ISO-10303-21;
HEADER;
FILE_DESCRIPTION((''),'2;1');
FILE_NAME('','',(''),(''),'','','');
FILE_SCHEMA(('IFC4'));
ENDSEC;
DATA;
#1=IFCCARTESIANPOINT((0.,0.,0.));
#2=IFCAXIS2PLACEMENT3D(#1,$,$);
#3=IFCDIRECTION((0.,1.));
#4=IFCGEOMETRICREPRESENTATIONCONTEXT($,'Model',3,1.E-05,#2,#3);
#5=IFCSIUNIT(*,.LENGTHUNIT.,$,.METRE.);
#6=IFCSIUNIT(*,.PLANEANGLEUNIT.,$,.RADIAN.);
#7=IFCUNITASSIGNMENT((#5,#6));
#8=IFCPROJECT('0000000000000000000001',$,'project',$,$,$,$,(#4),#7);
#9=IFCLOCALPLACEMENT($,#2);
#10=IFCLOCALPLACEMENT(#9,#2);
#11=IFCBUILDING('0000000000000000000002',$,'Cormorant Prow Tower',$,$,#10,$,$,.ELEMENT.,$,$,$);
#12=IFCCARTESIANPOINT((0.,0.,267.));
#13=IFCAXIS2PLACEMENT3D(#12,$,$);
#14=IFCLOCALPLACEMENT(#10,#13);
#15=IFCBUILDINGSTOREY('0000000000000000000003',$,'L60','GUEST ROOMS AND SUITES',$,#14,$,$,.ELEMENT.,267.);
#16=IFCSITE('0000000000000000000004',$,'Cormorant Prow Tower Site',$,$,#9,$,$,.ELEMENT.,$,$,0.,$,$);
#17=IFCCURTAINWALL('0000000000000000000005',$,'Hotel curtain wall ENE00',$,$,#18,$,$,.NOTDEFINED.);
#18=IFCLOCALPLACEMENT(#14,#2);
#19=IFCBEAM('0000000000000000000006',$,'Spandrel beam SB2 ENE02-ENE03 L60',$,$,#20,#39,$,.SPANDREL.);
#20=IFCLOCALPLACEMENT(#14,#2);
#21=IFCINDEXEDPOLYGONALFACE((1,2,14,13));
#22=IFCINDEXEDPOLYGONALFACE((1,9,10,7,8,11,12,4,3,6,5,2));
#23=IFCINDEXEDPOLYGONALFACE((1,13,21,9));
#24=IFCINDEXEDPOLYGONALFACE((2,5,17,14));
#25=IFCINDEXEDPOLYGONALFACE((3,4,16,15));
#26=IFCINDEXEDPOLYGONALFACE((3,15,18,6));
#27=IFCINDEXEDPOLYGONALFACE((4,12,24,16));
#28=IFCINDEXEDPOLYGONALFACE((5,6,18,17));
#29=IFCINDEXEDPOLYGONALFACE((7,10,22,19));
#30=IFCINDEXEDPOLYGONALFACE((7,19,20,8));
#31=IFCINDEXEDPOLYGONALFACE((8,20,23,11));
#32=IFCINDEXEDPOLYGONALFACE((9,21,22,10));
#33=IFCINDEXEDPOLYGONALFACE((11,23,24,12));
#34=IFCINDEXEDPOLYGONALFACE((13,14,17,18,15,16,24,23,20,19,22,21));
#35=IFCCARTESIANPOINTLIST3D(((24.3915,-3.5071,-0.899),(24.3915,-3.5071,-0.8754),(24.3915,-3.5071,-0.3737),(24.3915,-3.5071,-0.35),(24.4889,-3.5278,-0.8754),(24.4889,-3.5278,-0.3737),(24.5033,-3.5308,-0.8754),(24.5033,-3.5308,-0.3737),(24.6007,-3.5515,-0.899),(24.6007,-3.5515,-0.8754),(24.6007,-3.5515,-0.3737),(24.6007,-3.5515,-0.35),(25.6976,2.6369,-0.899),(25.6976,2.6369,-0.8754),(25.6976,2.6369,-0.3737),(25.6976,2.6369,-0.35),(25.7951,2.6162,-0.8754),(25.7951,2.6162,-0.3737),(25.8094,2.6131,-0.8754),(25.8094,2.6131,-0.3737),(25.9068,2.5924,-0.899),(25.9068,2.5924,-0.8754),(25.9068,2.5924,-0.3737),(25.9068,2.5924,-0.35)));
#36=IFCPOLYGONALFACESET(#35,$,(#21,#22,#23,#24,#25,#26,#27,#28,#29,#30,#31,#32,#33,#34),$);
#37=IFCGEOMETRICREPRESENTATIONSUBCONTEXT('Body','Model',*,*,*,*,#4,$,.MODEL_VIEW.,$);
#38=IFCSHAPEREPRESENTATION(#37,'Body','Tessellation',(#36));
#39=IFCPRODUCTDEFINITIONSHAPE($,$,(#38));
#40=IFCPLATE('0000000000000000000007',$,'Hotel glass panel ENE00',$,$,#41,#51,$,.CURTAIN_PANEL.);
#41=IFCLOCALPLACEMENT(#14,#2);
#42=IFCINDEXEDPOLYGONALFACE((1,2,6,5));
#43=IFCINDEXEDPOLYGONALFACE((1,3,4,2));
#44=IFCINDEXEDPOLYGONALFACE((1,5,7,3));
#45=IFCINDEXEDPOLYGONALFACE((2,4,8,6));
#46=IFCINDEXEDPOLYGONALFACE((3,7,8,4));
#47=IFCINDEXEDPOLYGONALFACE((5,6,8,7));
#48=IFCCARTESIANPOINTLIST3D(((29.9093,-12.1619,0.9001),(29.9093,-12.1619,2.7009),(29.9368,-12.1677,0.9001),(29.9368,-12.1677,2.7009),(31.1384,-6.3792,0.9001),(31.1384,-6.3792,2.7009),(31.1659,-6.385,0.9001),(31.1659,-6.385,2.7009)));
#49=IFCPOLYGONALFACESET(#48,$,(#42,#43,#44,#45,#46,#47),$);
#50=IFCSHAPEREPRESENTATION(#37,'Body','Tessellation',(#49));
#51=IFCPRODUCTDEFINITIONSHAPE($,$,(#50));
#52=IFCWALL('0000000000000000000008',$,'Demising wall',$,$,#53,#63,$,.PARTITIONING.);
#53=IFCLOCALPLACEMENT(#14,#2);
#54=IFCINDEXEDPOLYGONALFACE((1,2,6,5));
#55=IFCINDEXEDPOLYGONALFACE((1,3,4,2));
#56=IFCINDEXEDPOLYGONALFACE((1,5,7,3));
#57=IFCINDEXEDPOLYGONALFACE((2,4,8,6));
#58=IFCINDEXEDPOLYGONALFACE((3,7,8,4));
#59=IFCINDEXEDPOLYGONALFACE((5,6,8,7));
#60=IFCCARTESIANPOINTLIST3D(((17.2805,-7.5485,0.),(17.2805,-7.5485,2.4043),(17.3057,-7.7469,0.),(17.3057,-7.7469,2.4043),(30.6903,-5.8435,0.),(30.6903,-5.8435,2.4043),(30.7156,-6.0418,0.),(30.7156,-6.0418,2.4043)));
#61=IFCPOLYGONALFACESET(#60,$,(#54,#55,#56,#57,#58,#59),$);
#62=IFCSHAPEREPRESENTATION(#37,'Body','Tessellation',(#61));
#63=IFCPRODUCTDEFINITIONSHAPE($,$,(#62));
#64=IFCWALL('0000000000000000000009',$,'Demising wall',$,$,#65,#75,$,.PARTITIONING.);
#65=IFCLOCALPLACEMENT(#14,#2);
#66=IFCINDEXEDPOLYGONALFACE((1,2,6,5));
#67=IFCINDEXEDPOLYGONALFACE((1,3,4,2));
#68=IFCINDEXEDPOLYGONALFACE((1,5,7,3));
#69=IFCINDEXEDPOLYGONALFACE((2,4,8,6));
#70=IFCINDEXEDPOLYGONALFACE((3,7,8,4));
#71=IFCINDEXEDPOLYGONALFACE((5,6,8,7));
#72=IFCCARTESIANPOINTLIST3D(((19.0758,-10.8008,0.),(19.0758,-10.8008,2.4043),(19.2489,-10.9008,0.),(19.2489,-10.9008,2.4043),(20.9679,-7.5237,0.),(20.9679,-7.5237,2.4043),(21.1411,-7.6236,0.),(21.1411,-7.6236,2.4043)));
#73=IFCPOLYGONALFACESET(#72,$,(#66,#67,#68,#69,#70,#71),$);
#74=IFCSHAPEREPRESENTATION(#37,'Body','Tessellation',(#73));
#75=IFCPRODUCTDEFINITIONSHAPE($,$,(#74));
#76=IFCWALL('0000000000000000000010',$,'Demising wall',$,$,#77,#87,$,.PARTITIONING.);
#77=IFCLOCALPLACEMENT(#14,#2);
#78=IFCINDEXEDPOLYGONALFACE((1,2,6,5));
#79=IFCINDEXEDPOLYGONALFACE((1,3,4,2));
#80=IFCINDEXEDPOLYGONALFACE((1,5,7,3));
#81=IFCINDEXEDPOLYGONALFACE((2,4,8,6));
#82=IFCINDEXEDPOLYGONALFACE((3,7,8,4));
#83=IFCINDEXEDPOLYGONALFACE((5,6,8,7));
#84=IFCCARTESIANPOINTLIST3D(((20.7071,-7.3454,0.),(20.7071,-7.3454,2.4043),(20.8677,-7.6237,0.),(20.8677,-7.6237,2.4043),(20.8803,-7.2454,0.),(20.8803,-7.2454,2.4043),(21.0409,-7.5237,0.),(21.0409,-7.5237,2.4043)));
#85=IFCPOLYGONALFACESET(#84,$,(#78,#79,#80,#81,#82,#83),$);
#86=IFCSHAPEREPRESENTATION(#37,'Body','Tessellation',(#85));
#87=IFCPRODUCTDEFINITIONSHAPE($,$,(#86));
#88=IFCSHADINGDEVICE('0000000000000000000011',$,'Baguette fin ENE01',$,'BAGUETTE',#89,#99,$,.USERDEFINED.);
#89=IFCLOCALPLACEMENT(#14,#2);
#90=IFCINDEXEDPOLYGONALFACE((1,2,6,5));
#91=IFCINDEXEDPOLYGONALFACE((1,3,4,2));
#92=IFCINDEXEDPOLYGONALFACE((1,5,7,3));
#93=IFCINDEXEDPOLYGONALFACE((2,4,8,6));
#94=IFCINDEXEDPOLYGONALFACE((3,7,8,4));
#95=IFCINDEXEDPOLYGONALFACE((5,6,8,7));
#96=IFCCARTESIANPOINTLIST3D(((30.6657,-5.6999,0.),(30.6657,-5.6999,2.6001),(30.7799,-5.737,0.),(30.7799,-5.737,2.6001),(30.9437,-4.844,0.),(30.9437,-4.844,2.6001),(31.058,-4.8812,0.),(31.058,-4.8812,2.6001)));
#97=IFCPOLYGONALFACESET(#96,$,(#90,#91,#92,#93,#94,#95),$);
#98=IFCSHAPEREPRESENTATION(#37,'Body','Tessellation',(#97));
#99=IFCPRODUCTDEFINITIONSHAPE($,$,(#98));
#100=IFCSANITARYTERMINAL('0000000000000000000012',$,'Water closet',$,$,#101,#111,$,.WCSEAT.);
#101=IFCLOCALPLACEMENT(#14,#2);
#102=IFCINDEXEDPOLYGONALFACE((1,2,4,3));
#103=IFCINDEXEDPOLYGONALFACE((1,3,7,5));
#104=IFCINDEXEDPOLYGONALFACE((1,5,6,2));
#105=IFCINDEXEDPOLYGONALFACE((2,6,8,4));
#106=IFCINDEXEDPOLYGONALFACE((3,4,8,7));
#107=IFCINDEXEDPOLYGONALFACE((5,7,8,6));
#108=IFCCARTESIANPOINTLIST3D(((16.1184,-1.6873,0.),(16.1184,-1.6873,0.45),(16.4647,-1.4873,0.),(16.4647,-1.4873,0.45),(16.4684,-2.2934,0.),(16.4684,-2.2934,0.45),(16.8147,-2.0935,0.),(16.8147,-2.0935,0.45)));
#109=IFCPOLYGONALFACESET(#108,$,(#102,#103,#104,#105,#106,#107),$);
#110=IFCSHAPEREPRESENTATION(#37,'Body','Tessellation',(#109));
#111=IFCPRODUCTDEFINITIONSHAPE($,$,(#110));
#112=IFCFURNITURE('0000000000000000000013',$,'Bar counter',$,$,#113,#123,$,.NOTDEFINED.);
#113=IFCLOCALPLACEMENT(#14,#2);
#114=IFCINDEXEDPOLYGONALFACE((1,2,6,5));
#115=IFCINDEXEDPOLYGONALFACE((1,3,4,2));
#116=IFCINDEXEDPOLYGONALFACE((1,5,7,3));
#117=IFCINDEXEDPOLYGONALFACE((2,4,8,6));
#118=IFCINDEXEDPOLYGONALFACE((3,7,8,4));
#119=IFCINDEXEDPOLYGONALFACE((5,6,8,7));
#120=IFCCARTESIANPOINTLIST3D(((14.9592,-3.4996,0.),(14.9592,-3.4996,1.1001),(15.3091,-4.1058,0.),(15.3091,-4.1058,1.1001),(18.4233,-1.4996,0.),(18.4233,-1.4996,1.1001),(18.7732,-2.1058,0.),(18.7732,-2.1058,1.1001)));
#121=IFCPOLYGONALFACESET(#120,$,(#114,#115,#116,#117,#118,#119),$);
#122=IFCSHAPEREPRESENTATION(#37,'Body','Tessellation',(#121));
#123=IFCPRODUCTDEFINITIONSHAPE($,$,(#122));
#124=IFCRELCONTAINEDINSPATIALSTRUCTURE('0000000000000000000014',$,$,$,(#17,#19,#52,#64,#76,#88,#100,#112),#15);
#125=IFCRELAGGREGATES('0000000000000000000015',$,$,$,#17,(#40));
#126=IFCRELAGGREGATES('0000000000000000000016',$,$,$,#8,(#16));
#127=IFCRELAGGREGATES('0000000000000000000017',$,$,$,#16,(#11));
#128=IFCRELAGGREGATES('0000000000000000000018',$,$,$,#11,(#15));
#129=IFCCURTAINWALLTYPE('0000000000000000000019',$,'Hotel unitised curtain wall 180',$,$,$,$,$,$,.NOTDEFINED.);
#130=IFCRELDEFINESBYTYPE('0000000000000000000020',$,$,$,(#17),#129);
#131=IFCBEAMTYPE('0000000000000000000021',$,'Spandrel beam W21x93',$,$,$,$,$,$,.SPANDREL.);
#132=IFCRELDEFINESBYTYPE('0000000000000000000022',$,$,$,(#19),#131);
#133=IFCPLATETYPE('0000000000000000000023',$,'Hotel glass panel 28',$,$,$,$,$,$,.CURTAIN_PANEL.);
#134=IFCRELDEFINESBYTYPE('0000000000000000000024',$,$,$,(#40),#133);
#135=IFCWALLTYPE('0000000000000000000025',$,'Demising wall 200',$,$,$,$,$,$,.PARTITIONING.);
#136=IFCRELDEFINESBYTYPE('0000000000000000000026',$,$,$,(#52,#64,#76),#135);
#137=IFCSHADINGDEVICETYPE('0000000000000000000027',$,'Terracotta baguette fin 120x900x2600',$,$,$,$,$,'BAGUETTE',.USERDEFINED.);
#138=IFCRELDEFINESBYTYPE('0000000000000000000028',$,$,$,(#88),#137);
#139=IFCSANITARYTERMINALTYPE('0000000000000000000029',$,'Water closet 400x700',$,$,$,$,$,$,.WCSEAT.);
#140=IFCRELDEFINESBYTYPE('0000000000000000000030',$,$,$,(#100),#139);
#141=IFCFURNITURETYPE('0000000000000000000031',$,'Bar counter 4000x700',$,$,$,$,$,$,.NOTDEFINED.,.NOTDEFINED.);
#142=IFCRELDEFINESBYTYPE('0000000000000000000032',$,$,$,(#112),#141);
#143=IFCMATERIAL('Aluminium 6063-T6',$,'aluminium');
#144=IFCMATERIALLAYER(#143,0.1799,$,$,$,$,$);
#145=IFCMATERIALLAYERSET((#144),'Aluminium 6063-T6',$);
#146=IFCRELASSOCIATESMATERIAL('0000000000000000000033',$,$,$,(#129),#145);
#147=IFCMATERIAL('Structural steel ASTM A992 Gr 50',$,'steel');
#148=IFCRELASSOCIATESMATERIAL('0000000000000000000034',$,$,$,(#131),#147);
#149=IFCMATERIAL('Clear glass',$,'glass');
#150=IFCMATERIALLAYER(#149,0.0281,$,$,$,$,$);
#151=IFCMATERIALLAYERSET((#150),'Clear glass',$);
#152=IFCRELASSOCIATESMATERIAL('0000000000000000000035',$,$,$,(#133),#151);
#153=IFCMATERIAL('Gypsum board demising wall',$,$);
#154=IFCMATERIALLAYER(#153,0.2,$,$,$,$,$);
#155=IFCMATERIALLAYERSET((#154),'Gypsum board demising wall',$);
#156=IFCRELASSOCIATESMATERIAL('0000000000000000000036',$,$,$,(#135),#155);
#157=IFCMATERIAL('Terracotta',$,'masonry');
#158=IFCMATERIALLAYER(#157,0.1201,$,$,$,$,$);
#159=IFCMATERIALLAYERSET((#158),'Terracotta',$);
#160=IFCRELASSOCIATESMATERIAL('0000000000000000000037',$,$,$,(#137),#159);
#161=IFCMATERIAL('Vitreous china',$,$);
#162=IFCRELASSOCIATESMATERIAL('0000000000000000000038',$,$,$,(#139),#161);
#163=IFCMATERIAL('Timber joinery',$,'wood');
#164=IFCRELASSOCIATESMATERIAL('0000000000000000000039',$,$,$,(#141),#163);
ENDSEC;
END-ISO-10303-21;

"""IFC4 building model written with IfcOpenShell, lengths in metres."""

from ifc_helpers import new_model, si_unit, direction, frame, frame_2d, origin, origin_2d, place, context, subcontext, project, spatial, rectangle, i_section, extrude, material, layer, layer_set, material_profile, profile_set, type_object, element, aggregate, save


model = new_model("IFC4")

# Units and contexts
model_context = context("Model", 3, precision=1e-05, world=origin(), true_north=direction((0.0, 1.0)))
body_context = subcontext(model_context, "Body", "Model", "MODEL_VIEW")
ifc_project = project(units=[si_unit("LENGTHUNIT", "METRE"), si_unit("PLANEANGLEUNIT", "RADIAN")], contexts=[model_context])

# Site, building, storey
site_placement = place(None, origin())
site = spatial("IfcSite", under=ifc_project, at=site_placement, Name="Cormorant Prow Tower Site", CompositionType="ELEMENT", RefElevation=0.0)
building_placement = place(site_placement, origin())
building = spatial("IfcBuilding", under=site, at=building_placement, Name="Cormorant Prow Tower", CompositionType="ELEMENT")
storey_placement = place(building_placement, frame((0.0, 0.0, 267.0)))
storey = spatial("IfcBuildingStorey", under=building, at=storey_placement, Name="L60", Description="GUEST ROOMS AND SUITES", CompositionType="ELEMENT", Elevation=267.0)

# Curtain wall
ifc_material_1 = material(Name="Aluminium 6063-T6", Category="aluminium")
ifc_layer_1 = layer(ifc_material_1, 0.1799)
ifc_layer_set_1 = layer_set([ifc_layer_1], Name="Aluminium 6063-T6")
curtain_wall_type = type_object("IfcCurtainWallType", Name="Hotel unitised curtain wall 180", PredefinedType="NOTDEFINED", material=ifc_layer_set_1)
curtain_wall_1_placement = place(storey_placement, origin())
curtain_wall_1 = element("IfcCurtainWall", 1, at=curtain_wall_1_placement, inside=storey, type_object=curtain_wall_type, Name="Hotel curtain wall ENE00", PredefinedType="NOTDEFINED")

# Beam
ifc_material_2 = material(Name="Structural steel ASTM A992 Gr 50", Category="steel")
ifc_material_profile_1 = material_profile(ifc_material_2, i_section(OverallWidth=0.2139, OverallDepth=0.5491, WebThickness=0.0146, FlangeThickness=0.0237, at=origin_2d()), Name="W21x93")
ifc_profile_set_1 = profile_set([ifc_material_profile_1], Name="Structural steel ASTM A992 Gr 50")
beam_type_1 = type_object("IfcBeamType", Name="Spandrel beam W21x93", PredefinedType="SPANDREL", material=ifc_profile_set_1)
for number, where, z_axis, x_axis, name in (
    (2, (24.4961, -3.5293, -0.6245), (0.207941, 0.978141, 0.0), (-0.978141, 0.207941, 0.0), "Spandrel beam SB2 ENE02-ENE03 L60"),
):
    element("IfcBeam", number, at=place(storey_placement, frame(where, z_axis=z_axis, x_axis=x_axis)), inside=storey, type_object=beam_type_1, Name=name, PredefinedType="SPANDREL", context=body_context, shape_type="SweptSolid", body=[
        extrude(i_section(OverallWidth=0.2139, OverallDepth=0.5491, WebThickness=0.0146, FlangeThickness=0.0237, at=origin_2d()), origin(), (0.0, 0.0, 1.0), 6.2812),
    ])

# Plate
ifc_material_3 = material(Name="Clear glass", Category="glass")
ifc_layer_2 = layer(ifc_material_3, 0.0281)
ifc_layer_set_2 = layer_set([ifc_layer_2], Name="Clear glass")
plate_type = type_object("IfcPlateType", Name="Hotel glass panel 28", PredefinedType="CURTAIN_PANEL", material=ifc_layer_set_2)
plate_placement = place(storey_placement, frame((30.5376, -9.2734, 0.9001), z_axis=(0.0, 0.0, 1.0), x_axis=(0.207912, 0.978148, 0.0)))
plate = element("IfcPlate", 3, at=plate_placement, type_object=plate_type, Name="Hotel glass panel ENE00", PredefinedType="CURTAIN_PANEL", context=body_context, shape_type="SweptSolid", body=[
    extrude(rectangle(XDim=5.9119, YDim=0.0281, at=origin_2d()), origin(), (0.0, 0.0, 1.0), 1.8008),
])
aggregate(curtain_wall_1, [plate])

# Walls
ifc_material_4 = material(Name="Gypsum board demising wall")
ifc_layer_3 = layer(ifc_material_4, 0.2)
ifc_layer_set_3 = layer_set([ifc_layer_3], Name="Gypsum board demising wall")
wall_type_1 = type_object("IfcWallType", Name="Demising wall 200", PredefinedType="PARTITIONING", material=ifc_layer_set_3)
wall_1_placement = place(storey_placement, frame((17.2932, -7.6477, 0.0), z_axis=(0.0, 0.0, 1.0), x_axis=(0.992013, 0.126135, 0.0)))
element("IfcWall", 4, at=wall_1_placement, inside=storey, type_object=wall_type_1, Name="Demising wall", PredefinedType="PARTITIONING", context=body_context, shape_type="SweptSolid", body=[
    extrude(rectangle(XDim=13.5178, YDim=0.2, at=frame_2d((6.7588, 0.0))), origin(), (0.0, 0.0, 1.0), 2.4043),
])
wall_2_placement = place(storey_placement, frame((19.1624, -10.8508, 0.0), z_axis=(0.0, 0.0, 1.0), x_axis=(0.500011, 0.866019, 0.0)))
element("IfcWall", 5, at=wall_2_placement, inside=storey, type_object=wall_type_1, Name="Demising wall", PredefinedType="PARTITIONING", context=body_context, shape_type="SweptSolid", body=[
    extrude(rectangle(XDim=3.7842, YDim=0.2, at=frame_2d((1.8921, 0.0))), origin(), (0.0, 0.0, 1.0), 2.4043),
])
wall_3_placement = place(storey_placement, frame((20.7937, -7.2954, 0.0), z_axis=(0.0, 0.0, 1.0), x_axis=(0.499898, -0.866084, 0.0)))
element("IfcWall", 6, at=wall_3_placement, inside=storey, type_object=wall_type_1, Name="Demising wall", PredefinedType="PARTITIONING", context=body_context, shape_type="SweptSolid", body=[
    extrude(rectangle(XDim=0.3213, YDim=0.2, at=frame_2d((0.1606, 0.0))), origin(), (0.0, 0.0, 1.0), 2.4043),
])

# Shading device
ifc_material_5 = material(Name="Terracotta", Category="masonry")
ifc_layer_4 = layer(ifc_material_5, 0.1201)
ifc_layer_set_4 = layer_set([ifc_layer_4], Name="Terracotta")
shading_device_type = type_object("IfcShadingDeviceType", Name="Terracotta baguette fin 120x900x2600", ElementType="BAGUETTE", PredefinedType="USERDEFINED", material=ifc_layer_set_4)
shading_device_placement = place(storey_placement, frame((30.8618, -5.2905, 0.0), z_axis=(0.0, 0.0, 1.0), x_axis=(-0.951057, 0.309017, 0.0)))
element("IfcShadingDevice", 7, at=shading_device_placement, inside=storey, type_object=shading_device_type, Name="Baguette fin ENE01", ObjectType="BAGUETTE", PredefinedType="USERDEFINED", context=body_context, shape_type="SweptSolid", body=[
    extrude(rectangle(XDim=0.1201, YDim=0.8999, at=origin_2d()), origin(), (0.0, 0.0, 1.0), 2.6001),
])

# Sanitary terminal
ifc_material_6 = material(Name="Vitreous china")
sanitary_terminal_type = type_object("IfcSanitaryTerminalType", Name="Water closet 400x700", PredefinedType="WCSEAT", material=ifc_material_6)
sanitary_terminal_placement = place(storey_placement, frame((16.4666, -1.8904, 0.0), z_axis=(0.0, 0.0, 1.0), x_axis=(-0.866025, -0.5, 0.0)))
element("IfcSanitaryTerminal", 8, at=sanitary_terminal_placement, inside=storey, type_object=sanitary_terminal_type, Name="Water closet", PredefinedType="WCSEAT", context=body_context, shape_type="SweptSolid", body=[
    extrude(rectangle(XDim=0.3999, YDim=0.7, at=origin_2d()), origin(), (0.0, 0.0, 1.0), 0.45),
])

# Furniture
ifc_material_7 = material(Name="Timber joinery", Category="wood")
furniture_type = type_object("IfcFurnitureType", Name="Bar counter 4000x700", AssemblyPlace="NOTDEFINED", PredefinedType="NOTDEFINED", material=ifc_material_7)
furniture_placement = place(storey_placement, frame((16.8662, -2.8027, 0.0), z_axis=(0.0, 0.0, 1.0), x_axis=(0.866025, 0.5, 0.0)))
element("IfcFurniture", 9, at=furniture_placement, inside=storey, type_object=furniture_type, Name="Bar counter", PredefinedType="NOTDEFINED", context=body_context, shape_type="SweptSolid", body=[
    extrude(rectangle(XDim=4.0, YDim=0.7, at=origin_2d()), origin(), (0.0, 0.0, 1.0), 1.1001),
])

save(model, "model.ifc")
